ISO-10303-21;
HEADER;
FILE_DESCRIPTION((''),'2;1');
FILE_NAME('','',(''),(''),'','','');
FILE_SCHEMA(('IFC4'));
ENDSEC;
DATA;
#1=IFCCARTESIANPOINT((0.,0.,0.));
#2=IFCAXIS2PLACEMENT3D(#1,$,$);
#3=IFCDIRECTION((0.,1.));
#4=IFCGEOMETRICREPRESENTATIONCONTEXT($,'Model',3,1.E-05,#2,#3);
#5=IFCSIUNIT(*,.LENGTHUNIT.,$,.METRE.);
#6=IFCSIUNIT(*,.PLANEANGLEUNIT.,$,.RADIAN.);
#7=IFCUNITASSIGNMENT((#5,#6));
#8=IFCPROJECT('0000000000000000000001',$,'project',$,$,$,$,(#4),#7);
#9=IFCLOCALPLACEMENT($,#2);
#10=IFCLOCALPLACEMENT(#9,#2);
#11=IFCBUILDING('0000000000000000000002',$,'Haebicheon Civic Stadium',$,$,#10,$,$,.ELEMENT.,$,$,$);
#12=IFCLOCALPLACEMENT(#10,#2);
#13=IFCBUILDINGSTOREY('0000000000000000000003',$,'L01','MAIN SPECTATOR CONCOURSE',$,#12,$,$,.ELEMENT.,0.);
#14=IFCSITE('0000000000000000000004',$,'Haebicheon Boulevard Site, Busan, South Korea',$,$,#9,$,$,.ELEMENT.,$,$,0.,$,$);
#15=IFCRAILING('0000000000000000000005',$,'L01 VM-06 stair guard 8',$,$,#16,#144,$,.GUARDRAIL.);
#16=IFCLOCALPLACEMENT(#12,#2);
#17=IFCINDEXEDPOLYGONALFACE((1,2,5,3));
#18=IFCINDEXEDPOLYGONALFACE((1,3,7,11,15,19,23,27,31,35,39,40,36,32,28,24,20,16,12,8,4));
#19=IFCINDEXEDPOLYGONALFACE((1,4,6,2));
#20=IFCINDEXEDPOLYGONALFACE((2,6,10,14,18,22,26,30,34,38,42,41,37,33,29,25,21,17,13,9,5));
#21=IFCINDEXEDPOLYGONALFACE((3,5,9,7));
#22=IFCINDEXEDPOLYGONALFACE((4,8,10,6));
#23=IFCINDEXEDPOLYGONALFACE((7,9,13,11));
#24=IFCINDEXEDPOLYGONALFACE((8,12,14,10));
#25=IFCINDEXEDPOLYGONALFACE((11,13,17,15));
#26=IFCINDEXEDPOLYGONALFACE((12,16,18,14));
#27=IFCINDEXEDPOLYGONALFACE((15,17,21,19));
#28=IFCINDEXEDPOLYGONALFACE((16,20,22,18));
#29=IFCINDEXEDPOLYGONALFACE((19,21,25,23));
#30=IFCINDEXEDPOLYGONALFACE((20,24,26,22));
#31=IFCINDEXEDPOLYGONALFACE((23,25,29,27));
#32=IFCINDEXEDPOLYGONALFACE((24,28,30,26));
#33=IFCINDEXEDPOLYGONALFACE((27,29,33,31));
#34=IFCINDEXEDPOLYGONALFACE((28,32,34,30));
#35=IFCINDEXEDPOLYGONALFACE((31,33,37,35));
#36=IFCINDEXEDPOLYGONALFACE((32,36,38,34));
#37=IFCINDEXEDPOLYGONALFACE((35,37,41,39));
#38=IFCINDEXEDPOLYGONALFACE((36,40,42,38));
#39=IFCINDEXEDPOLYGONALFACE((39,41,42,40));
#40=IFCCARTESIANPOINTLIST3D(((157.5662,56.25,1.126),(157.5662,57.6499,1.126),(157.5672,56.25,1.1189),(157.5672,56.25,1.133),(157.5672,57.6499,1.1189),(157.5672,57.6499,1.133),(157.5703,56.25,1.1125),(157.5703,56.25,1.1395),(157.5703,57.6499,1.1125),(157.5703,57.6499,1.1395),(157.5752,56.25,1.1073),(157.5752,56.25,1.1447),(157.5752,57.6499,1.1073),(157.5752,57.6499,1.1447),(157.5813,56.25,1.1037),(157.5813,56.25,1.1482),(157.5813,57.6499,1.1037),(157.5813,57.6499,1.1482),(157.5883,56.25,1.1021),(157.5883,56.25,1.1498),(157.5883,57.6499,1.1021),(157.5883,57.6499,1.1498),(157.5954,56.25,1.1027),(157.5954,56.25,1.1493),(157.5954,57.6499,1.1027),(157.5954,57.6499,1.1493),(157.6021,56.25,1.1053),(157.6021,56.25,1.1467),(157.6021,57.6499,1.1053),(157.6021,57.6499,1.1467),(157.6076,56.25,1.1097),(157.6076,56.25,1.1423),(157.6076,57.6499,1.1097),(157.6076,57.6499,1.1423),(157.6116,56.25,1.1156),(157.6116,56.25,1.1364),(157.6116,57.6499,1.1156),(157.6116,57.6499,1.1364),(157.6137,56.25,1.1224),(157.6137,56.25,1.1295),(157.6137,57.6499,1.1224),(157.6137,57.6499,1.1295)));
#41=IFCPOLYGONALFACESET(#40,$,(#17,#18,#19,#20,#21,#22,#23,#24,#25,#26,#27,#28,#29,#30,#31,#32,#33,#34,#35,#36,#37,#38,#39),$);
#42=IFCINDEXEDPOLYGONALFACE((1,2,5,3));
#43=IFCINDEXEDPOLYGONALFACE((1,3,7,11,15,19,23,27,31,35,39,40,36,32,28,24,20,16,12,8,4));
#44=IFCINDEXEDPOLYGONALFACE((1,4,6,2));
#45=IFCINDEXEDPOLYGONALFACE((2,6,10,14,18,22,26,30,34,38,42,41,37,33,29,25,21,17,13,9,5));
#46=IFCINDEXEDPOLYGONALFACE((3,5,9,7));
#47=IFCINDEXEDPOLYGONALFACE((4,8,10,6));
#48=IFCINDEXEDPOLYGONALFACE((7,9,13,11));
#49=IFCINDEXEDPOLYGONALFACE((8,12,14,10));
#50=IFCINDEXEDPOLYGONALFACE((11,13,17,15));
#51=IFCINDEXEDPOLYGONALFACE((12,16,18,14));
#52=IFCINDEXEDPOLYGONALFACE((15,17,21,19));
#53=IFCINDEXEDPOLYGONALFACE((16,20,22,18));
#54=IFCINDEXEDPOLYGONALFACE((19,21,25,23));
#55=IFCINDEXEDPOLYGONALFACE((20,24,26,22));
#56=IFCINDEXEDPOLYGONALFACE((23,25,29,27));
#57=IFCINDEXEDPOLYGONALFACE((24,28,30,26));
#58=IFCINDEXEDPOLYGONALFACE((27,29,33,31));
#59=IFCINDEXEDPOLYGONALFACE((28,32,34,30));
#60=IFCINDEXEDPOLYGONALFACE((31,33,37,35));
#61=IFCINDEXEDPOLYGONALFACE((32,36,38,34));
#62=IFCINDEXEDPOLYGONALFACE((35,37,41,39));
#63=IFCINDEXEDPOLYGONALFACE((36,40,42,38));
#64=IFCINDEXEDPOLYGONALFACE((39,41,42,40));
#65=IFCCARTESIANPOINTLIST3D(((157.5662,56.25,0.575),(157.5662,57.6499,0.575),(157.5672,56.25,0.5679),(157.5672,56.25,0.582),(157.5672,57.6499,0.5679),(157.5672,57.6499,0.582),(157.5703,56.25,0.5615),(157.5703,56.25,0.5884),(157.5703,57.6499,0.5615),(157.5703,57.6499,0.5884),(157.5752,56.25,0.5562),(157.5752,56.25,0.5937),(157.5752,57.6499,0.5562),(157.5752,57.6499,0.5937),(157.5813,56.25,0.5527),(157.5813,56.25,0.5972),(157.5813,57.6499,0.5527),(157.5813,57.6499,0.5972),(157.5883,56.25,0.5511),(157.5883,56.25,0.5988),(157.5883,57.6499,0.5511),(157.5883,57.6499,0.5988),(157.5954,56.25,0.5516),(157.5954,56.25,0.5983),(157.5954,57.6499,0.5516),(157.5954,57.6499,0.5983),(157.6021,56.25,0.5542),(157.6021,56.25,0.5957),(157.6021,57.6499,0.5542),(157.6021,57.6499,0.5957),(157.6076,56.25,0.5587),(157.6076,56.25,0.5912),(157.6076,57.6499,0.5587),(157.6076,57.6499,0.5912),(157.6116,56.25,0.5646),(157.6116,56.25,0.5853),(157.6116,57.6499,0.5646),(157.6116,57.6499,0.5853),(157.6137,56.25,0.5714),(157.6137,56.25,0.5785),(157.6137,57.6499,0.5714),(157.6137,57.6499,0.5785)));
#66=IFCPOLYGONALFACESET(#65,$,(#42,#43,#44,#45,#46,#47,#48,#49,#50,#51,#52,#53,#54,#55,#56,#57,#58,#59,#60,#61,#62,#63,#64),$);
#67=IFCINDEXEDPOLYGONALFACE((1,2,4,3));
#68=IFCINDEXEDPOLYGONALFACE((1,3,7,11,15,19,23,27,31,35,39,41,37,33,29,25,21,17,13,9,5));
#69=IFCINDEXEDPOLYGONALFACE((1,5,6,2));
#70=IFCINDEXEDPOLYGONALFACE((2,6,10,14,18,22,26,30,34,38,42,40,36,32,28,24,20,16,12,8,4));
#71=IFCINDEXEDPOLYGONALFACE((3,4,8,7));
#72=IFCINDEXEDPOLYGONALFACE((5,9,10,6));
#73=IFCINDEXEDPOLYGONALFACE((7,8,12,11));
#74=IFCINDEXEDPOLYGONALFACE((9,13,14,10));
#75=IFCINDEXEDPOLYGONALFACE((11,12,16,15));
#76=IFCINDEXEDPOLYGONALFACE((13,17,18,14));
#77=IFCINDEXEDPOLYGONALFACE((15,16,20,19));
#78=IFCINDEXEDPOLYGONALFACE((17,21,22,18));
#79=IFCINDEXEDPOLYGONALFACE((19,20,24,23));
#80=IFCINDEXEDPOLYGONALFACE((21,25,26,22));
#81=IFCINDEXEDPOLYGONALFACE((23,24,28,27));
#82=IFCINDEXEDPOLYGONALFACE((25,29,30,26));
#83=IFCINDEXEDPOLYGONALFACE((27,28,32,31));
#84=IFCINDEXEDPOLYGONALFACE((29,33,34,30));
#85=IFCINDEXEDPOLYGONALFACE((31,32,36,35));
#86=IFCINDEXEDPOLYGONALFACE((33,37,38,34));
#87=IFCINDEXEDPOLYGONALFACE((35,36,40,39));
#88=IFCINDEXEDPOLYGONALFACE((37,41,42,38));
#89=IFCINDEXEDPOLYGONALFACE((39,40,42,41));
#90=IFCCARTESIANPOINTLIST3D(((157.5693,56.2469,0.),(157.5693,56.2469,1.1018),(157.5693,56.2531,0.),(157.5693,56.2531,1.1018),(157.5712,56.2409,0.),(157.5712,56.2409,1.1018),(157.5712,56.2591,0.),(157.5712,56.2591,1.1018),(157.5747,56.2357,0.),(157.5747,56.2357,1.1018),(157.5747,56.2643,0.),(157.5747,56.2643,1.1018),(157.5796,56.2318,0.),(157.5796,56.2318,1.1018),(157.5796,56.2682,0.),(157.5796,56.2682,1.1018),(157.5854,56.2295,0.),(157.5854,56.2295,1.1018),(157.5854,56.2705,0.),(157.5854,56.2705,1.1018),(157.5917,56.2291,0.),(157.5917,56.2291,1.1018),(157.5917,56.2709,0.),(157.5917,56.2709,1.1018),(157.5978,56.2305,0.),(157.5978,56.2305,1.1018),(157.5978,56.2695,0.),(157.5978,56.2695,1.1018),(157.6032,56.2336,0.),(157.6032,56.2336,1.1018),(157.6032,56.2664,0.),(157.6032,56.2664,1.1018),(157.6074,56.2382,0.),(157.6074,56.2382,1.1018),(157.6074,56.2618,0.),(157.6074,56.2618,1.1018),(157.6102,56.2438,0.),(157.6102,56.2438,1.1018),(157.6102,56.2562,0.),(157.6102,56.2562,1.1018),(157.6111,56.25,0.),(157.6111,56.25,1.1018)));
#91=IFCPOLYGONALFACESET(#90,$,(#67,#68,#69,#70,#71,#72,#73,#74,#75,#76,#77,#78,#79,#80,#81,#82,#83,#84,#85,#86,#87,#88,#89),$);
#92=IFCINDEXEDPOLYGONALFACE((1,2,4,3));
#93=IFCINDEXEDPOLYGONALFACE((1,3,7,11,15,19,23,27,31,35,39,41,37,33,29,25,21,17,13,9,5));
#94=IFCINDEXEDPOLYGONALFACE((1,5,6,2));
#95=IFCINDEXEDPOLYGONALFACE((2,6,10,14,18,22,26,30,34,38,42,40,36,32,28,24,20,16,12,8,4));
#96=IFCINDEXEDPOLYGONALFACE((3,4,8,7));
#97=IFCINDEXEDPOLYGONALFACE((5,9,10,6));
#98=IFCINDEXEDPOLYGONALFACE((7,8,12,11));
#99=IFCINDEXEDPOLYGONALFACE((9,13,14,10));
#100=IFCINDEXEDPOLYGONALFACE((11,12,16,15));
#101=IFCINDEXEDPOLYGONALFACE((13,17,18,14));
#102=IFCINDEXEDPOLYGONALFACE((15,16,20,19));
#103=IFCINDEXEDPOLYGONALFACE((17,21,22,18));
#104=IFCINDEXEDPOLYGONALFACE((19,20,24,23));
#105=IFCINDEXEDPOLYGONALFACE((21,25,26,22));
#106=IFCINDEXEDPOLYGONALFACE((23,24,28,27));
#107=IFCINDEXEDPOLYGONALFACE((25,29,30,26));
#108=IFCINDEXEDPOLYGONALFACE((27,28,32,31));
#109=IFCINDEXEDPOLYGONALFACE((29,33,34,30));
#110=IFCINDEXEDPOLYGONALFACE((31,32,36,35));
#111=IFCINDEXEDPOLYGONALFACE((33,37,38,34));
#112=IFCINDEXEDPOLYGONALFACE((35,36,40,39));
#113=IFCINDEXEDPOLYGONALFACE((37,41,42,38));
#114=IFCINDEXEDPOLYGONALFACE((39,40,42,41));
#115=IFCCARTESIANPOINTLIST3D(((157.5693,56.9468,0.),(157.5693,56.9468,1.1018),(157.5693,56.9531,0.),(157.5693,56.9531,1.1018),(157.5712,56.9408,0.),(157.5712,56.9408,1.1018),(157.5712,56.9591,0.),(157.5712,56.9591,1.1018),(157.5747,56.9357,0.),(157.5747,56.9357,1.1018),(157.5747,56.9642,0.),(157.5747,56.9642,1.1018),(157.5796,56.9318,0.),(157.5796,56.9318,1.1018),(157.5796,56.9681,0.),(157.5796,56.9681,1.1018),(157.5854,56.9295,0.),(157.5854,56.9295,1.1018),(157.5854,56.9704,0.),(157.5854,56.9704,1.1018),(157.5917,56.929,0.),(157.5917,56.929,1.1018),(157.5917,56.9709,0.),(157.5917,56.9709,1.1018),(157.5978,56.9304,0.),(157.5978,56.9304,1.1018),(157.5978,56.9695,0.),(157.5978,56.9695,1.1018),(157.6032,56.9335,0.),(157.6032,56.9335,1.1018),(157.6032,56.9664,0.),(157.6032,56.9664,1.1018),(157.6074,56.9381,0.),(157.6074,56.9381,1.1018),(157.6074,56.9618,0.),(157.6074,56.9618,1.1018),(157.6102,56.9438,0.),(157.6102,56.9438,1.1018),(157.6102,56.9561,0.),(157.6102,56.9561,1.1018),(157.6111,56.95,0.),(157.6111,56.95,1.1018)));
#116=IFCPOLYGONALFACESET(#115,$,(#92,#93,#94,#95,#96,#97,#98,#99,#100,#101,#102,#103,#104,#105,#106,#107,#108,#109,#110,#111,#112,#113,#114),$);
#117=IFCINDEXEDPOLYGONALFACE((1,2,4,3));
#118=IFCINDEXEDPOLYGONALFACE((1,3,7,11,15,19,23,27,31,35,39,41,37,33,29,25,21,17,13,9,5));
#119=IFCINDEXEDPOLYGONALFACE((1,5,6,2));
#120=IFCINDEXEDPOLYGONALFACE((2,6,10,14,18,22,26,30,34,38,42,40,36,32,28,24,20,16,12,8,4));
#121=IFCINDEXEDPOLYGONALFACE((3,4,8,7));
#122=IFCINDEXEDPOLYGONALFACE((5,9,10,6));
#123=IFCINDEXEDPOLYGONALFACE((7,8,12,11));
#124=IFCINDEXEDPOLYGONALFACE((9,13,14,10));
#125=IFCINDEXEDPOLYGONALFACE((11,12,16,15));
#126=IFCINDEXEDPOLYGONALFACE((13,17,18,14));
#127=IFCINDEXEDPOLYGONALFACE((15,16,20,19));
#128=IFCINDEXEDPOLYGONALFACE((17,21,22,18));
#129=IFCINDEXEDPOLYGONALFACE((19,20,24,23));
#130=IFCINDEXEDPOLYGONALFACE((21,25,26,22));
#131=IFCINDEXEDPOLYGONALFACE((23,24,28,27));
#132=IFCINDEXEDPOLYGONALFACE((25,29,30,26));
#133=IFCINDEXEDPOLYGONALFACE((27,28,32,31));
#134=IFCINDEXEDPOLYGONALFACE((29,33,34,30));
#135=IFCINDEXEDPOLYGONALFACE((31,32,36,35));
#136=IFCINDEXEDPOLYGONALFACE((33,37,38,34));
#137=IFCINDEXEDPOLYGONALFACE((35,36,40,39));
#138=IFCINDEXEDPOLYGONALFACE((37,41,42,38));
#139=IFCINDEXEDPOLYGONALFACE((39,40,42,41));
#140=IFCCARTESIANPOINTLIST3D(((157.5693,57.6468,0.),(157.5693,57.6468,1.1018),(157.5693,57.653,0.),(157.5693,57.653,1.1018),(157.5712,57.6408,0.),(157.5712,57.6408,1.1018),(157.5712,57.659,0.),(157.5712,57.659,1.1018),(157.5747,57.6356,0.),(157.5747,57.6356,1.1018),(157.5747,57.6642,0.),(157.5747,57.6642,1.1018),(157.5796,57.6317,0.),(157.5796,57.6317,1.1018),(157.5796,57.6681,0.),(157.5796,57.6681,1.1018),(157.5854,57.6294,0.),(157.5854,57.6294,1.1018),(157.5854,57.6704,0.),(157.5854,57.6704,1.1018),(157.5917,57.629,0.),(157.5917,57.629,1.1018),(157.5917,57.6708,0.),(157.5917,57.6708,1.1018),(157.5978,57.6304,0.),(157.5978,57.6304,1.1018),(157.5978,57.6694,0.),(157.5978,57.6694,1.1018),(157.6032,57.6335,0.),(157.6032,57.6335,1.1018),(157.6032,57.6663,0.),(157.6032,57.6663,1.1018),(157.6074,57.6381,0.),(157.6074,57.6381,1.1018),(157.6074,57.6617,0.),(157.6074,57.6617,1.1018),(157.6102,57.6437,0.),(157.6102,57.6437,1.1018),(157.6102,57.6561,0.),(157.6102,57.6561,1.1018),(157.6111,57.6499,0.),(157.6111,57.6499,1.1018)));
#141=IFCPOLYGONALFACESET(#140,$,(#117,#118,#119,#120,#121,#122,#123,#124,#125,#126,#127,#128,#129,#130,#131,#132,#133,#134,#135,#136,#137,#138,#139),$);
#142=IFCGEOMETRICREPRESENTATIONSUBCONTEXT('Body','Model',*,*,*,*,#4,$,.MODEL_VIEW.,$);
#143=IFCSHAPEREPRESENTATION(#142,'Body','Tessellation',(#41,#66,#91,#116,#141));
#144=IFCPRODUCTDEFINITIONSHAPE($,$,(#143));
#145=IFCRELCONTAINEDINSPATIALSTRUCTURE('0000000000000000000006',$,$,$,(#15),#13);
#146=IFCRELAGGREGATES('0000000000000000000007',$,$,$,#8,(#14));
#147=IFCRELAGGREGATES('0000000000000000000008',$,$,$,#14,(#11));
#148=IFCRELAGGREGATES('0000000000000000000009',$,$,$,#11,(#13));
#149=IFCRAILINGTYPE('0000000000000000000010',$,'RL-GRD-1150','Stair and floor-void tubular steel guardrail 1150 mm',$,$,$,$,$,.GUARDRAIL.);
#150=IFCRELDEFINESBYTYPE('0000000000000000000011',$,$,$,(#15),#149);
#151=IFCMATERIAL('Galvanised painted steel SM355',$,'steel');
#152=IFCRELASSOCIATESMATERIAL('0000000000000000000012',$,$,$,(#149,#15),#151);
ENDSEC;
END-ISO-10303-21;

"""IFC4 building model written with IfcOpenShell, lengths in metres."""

from ifc_helpers import new_model, si_unit, direction, frame, origin, origin_2d, place, context, subcontext, project, spatial, circle, extrude, material, type_object, element, save


model = new_model("IFC4")

# Units and contexts
model_context = context("Model", 3, precision=1e-05, world=origin(), true_north=direction((0.0, 1.0)))
body_context = subcontext(model_context, "Body", "Model", "MODEL_VIEW")
ifc_project = project(units=[si_unit("LENGTHUNIT", "METRE"), si_unit("PLANEANGLEUNIT", "RADIAN")], contexts=[model_context])

# Site, building, storey
site_placement = place(None, origin())
site = spatial("IfcSite", under=ifc_project, at=site_placement, Name="Haebicheon Boulevard Site, Busan, South Korea", CompositionType="ELEMENT", RefElevation=0.0)
building_placement = place(site_placement, origin())
building = spatial("IfcBuilding", under=site, at=building_placement, Name="Haebicheon Civic Stadium", CompositionType="ELEMENT")
storey_placement = place(building_placement, origin())
storey = spatial("IfcBuildingStorey", under=building, at=storey_placement, Name="L01", Description="MAIN SPECTATOR CONCOURSE", CompositionType="ELEMENT", Elevation=0.0)

# Railing
ifc_material_1 = material(Name="Galvanised painted steel SM355", Category="steel")
railing_type_1 = type_object("IfcRailingType", Name="RL-GRD-1150", Description="Stair and floor-void tubular steel guardrail 1150 mm", PredefinedType="GUARDRAIL", material=ifc_material_1)
railing_1_placement = place(storey_placement, frame((157.5901, 56.25, 0.0)))
element("IfcRailing", 1, at=railing_1_placement, inside=storey, type_object=railing_type_1, material=ifc_material_1, Name="L01 VM-06 stair guard 8", PredefinedType="GUARDRAIL", context=body_context, shape_type="SweptSolid", body=[
    extrude(circle(Radius=0.0239, at=origin_2d()), frame((0.0, 0.0, 1.126), z_axis=(0.0, 1.0, 0.0), x_axis=(-1.0, 0.0, 0.0)), (0.0, 0.0, 1.0), 1.3999),
    extrude(circle(Radius=0.0239, at=origin_2d()), frame((0.0, 0.0, 0.575), z_axis=(0.0, 1.0, 0.0), x_axis=(-1.0, 0.0, 0.0)), (0.0, 0.0, 1.0), 1.3999),
    extrude(circle(Radius=0.021, at=origin_2d()), origin(), (0.0, 0.0, 1.0), 1.1018),
    extrude(circle(Radius=0.021, at=origin_2d()), frame((0.0, 0.7, 0.0)), (0.0, 0.0, 1.0), 1.1018),
    extrude(circle(Radius=0.021, at=origin_2d()), frame((0.0, 1.3999, 0.0)), (0.0, 0.0, 1.0), 1.1018),
])

save(model, "model.ifc")
